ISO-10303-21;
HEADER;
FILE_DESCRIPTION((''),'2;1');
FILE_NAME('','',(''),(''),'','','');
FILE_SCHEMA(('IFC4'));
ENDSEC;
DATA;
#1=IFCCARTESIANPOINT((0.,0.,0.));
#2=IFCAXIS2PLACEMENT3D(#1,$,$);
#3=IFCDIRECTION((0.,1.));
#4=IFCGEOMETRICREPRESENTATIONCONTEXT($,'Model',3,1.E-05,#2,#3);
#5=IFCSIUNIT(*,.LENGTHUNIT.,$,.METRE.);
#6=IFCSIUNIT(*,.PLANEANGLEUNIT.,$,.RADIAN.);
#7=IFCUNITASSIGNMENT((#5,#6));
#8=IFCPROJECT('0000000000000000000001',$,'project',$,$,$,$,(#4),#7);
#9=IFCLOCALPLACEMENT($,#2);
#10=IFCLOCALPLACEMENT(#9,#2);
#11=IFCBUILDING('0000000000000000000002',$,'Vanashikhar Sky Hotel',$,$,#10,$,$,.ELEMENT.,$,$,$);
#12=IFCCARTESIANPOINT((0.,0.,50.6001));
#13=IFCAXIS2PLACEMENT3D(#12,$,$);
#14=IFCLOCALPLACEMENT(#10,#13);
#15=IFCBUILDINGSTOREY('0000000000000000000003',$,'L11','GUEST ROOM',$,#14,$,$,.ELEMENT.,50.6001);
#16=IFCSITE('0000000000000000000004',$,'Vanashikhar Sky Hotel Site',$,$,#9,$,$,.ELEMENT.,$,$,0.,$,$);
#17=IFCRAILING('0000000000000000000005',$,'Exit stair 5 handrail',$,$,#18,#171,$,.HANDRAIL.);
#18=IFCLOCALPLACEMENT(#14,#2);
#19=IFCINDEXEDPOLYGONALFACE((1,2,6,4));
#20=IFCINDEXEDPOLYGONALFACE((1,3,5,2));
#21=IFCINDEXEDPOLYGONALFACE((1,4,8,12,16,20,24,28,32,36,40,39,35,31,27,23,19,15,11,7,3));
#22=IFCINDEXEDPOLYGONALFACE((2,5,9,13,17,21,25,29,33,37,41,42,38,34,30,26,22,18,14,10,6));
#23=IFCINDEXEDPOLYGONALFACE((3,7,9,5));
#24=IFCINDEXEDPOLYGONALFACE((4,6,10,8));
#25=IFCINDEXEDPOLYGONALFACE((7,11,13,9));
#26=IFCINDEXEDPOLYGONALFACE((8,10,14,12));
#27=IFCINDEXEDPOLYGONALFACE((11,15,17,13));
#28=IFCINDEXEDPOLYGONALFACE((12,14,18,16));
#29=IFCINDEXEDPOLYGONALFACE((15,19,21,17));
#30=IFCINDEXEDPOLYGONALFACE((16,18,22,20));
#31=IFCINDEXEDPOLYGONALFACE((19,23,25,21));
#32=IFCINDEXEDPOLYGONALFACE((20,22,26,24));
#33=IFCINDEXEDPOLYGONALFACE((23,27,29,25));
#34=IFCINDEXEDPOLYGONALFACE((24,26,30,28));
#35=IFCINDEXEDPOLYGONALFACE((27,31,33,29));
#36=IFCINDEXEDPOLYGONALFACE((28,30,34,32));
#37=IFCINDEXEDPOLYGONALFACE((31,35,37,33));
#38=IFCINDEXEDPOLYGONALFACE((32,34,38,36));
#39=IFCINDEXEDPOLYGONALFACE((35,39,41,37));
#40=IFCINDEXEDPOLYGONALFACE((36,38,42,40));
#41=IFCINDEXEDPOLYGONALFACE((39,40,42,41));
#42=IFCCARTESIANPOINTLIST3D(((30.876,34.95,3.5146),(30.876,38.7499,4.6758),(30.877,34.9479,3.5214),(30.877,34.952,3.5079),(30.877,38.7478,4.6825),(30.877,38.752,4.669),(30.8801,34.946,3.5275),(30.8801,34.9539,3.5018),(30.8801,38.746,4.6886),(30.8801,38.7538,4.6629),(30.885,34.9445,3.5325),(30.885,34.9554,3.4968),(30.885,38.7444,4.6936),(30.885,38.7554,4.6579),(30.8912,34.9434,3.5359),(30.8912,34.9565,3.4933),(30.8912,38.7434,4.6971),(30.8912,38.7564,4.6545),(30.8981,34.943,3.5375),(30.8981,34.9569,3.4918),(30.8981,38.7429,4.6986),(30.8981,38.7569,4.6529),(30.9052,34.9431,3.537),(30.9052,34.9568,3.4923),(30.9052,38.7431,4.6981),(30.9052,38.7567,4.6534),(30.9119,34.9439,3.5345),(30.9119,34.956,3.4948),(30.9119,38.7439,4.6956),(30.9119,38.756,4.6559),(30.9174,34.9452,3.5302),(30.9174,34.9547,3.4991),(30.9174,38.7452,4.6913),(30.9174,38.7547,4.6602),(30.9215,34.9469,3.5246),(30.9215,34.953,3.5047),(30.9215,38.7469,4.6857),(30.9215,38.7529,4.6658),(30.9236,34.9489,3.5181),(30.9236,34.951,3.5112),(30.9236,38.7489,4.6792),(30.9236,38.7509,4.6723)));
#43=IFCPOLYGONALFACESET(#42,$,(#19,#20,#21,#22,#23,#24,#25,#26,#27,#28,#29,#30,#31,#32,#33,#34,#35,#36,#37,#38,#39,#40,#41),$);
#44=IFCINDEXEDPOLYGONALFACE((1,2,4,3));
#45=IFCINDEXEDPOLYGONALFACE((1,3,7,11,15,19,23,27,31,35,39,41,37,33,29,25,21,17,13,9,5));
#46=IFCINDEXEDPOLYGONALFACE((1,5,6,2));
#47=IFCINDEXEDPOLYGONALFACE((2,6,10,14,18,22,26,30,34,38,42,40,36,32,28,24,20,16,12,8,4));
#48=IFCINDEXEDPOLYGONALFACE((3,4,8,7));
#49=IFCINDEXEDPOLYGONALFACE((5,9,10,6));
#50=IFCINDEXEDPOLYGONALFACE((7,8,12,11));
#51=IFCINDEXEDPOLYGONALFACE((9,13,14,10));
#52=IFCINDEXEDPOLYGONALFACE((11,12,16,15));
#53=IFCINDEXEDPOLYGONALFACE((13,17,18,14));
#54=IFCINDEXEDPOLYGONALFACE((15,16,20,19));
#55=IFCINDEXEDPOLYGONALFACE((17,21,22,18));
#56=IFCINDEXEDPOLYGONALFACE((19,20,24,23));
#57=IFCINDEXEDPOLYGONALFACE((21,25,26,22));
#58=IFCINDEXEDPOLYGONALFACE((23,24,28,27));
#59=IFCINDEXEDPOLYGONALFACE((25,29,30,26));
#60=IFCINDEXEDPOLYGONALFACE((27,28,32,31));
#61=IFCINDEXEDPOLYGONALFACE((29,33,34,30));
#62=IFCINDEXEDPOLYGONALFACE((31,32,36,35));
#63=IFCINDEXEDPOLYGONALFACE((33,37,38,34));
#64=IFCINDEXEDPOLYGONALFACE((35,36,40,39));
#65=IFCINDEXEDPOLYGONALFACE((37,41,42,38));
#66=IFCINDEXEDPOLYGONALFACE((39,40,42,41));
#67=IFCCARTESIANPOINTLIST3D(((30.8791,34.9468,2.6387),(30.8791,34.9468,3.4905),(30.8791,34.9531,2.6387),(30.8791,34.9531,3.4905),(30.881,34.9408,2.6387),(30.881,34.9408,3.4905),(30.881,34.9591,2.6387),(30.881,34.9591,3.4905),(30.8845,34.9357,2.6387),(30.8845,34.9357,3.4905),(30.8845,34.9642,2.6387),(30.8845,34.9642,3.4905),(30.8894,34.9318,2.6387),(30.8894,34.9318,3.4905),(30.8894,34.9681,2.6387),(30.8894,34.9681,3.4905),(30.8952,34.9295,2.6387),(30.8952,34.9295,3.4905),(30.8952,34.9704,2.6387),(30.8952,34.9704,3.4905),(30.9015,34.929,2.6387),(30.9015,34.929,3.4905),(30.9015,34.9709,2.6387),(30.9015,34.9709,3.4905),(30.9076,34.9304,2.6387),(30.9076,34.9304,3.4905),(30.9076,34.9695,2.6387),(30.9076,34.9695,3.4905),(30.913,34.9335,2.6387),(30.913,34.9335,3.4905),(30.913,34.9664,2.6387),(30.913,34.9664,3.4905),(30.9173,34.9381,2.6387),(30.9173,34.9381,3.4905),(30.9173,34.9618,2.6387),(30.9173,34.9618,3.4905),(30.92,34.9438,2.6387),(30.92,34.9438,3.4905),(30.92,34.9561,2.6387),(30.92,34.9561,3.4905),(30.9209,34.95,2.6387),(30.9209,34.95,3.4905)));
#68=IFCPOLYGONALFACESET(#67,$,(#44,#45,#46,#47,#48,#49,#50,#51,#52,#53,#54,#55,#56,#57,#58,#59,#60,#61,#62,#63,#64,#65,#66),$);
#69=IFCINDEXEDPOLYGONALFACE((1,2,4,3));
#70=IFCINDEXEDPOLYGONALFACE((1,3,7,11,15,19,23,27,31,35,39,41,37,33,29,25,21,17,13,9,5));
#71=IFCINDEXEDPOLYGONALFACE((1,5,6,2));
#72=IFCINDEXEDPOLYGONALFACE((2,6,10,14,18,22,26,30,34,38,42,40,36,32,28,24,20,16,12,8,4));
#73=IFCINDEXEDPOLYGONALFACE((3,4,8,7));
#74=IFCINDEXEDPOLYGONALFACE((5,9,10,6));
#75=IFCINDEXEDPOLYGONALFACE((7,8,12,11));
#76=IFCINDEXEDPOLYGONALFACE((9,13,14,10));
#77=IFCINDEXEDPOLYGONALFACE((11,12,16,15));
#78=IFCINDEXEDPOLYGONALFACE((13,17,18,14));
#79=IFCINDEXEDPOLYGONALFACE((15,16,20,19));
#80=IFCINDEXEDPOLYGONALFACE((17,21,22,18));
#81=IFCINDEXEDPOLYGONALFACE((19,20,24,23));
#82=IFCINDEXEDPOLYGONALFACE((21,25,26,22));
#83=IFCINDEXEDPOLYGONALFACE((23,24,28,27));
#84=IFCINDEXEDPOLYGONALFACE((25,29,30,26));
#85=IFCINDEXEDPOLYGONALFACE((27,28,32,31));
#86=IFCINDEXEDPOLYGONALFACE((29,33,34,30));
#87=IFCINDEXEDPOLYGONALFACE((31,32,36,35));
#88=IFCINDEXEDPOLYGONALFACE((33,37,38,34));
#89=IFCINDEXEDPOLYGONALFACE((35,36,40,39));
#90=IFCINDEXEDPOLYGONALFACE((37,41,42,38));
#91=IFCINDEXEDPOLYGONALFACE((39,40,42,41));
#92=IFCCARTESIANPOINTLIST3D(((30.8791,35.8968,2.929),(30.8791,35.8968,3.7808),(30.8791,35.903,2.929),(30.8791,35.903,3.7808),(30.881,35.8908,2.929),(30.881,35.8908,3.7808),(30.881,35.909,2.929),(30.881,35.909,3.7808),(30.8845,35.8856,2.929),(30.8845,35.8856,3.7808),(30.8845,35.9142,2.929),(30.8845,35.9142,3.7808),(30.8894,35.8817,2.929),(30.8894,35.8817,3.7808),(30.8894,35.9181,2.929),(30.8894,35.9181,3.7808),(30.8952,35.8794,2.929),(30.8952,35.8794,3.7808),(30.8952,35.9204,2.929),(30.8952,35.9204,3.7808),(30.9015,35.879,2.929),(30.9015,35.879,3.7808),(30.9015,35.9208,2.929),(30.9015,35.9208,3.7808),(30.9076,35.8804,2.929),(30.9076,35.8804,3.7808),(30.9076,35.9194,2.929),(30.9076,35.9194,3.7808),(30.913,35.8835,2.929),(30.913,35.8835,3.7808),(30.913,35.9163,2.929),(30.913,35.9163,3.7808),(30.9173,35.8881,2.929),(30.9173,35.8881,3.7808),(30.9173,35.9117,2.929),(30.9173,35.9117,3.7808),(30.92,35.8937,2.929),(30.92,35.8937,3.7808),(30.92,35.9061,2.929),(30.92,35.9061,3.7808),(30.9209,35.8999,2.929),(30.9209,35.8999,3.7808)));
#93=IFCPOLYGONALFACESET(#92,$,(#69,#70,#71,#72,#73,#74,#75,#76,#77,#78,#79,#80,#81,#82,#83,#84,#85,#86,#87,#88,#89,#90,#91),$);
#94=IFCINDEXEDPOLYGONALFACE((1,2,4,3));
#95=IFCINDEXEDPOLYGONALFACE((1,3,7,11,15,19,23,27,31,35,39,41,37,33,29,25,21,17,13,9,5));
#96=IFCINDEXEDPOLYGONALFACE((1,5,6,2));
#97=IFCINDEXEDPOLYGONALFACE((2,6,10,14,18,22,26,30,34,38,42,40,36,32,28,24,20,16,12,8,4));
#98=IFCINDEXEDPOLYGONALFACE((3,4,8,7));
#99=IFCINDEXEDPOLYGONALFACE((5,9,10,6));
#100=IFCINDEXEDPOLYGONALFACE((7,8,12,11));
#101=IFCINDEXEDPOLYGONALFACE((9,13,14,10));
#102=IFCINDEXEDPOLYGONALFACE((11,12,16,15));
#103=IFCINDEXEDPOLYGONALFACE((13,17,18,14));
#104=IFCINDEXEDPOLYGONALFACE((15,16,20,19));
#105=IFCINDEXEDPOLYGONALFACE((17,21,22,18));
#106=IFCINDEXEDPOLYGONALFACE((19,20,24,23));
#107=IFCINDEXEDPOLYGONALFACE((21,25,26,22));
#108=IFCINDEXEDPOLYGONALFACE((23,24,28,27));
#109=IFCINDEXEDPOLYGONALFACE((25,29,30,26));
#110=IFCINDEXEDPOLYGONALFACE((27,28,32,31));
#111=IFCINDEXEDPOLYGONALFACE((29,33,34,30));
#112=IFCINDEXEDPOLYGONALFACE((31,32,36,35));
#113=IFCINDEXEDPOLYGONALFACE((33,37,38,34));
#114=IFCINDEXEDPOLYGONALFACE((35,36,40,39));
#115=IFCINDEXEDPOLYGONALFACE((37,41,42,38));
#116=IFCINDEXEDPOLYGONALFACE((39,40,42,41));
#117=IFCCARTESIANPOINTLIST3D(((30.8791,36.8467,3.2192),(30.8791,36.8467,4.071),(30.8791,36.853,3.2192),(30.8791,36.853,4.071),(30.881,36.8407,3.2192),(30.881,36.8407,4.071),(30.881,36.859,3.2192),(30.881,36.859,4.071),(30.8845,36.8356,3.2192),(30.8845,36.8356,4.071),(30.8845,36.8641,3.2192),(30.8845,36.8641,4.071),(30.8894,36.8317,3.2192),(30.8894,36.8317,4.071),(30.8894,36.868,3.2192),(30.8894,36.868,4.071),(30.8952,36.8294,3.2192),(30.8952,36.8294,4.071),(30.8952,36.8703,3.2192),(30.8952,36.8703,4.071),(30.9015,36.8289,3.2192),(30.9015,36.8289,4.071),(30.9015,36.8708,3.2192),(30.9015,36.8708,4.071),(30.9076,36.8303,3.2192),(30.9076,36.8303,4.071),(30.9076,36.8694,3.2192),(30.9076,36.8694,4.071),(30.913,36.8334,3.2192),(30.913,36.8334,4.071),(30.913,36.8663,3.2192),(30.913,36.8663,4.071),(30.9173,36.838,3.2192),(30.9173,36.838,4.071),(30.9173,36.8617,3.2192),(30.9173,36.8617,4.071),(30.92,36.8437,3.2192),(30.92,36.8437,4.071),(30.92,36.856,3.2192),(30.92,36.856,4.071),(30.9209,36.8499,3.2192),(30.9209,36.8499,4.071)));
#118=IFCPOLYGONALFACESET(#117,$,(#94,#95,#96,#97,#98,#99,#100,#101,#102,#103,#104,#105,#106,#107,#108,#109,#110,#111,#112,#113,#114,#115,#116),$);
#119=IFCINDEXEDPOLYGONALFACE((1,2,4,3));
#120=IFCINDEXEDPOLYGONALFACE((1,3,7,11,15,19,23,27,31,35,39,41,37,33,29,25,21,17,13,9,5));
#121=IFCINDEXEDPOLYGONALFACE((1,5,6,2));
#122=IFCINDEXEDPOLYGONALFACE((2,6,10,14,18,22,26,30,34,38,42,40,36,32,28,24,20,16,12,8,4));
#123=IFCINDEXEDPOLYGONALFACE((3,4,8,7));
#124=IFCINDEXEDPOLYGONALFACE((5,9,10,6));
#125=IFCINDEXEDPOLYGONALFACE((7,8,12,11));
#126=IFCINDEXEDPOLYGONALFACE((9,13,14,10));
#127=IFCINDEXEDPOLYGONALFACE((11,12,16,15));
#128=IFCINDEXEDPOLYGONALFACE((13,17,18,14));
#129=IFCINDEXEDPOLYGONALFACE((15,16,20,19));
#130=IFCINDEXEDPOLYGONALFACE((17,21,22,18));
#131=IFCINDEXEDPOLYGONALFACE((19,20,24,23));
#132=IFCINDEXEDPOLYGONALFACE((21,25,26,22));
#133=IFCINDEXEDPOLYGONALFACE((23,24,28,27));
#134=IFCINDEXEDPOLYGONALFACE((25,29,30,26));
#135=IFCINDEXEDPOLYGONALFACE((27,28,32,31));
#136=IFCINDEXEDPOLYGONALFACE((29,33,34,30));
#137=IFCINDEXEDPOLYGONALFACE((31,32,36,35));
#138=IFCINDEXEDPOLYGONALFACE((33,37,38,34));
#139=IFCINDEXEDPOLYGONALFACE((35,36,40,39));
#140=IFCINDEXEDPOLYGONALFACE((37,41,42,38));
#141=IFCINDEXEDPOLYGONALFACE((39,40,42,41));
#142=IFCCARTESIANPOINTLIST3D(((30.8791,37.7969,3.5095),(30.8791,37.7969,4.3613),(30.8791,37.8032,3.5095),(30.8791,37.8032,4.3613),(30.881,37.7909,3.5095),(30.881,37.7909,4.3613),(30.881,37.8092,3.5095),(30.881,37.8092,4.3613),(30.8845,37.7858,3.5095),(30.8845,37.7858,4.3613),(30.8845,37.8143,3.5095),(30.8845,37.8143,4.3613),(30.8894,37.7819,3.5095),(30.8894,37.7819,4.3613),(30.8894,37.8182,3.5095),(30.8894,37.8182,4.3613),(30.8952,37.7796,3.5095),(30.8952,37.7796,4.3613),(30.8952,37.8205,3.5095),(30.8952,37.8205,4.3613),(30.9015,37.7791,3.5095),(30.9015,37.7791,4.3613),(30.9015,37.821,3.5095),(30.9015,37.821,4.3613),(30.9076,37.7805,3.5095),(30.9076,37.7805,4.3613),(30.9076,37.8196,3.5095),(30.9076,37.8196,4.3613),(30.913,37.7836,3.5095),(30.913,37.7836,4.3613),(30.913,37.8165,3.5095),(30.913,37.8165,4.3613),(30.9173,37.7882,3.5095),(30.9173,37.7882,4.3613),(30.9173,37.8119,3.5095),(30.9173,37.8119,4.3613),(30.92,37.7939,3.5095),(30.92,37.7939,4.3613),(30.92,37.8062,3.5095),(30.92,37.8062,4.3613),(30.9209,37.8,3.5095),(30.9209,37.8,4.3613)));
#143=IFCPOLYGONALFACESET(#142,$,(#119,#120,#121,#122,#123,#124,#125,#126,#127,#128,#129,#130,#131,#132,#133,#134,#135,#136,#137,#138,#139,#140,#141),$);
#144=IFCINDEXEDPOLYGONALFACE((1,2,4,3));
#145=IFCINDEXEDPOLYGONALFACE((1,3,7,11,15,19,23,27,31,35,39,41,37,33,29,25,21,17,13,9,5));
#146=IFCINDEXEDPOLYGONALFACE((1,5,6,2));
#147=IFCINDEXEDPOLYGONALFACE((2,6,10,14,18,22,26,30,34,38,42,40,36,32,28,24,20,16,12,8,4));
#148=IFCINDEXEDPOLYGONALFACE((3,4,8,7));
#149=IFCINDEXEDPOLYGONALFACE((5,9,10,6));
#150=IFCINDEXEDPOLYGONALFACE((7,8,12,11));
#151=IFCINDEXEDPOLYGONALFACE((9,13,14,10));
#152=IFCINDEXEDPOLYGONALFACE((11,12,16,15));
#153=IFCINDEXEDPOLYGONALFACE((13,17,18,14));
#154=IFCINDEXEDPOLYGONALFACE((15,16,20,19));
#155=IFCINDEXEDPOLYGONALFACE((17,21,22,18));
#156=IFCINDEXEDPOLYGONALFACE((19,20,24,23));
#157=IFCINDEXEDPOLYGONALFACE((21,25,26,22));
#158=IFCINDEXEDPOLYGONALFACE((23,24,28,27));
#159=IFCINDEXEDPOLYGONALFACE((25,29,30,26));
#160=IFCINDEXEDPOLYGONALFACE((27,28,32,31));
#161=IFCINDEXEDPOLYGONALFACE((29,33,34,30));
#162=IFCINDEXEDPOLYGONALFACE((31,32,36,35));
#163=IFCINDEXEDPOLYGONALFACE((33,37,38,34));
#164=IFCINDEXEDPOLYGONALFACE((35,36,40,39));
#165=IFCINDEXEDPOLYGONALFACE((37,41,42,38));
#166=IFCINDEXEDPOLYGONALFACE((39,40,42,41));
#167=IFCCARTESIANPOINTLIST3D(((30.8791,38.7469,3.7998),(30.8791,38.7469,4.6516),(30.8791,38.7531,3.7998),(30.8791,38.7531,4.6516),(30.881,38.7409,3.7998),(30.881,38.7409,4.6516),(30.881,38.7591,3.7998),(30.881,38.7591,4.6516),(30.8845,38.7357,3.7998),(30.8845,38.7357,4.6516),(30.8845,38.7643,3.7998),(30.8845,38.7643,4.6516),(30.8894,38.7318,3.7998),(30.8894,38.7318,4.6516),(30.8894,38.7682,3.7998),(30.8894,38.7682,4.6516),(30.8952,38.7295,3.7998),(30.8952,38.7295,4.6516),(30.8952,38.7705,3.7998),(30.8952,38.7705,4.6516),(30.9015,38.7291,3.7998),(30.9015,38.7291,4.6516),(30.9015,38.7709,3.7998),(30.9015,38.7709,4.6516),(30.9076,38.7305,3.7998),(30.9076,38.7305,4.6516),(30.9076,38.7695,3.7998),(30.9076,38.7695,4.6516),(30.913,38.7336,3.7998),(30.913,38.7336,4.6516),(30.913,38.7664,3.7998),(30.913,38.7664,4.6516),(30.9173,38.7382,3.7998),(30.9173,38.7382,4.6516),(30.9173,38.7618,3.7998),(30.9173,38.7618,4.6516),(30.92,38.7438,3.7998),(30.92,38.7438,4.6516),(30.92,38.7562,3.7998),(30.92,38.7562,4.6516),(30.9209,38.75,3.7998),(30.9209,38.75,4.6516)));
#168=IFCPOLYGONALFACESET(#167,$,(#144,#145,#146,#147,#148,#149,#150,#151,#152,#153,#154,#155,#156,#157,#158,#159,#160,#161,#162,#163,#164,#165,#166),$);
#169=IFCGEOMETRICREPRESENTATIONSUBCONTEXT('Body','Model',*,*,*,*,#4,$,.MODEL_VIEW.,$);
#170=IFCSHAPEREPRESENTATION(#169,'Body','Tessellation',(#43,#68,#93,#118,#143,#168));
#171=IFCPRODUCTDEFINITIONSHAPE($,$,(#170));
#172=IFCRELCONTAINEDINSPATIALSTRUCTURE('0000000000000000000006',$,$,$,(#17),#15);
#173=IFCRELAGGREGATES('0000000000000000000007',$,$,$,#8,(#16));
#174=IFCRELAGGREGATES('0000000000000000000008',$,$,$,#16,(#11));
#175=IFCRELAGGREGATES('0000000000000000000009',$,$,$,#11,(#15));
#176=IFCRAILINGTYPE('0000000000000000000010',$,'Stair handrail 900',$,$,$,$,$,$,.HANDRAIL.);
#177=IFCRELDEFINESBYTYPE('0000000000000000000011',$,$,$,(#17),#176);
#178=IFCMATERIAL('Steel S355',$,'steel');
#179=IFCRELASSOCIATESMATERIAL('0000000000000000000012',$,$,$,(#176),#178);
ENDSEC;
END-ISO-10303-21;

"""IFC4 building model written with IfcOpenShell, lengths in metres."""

from ifc_helpers import new_model, si_unit, direction, frame, origin, origin_2d, place, context, subcontext, project, spatial, circle, extrude, source, transform, mapped, material, type_object, element, save


model = new_model("IFC4")

# Units and contexts
model_context = context("Model", 3, precision=1e-05, world=origin(), true_north=direction((0.0, 1.0)))
body_context = subcontext(model_context, "Body", "Model", "MODEL_VIEW")
ifc_project = project(units=[si_unit("LENGTHUNIT", "METRE"), si_unit("PLANEANGLEUNIT", "RADIAN")], contexts=[model_context])

# Site, building, storey
site_placement = place(None, origin())
site = spatial("IfcSite", under=ifc_project, at=site_placement, Name="Vanashikhar Sky Hotel Site", CompositionType="ELEMENT", RefElevation=0.0)
building_placement = place(site_placement, origin())
building = spatial("IfcBuilding", under=site, at=building_placement, Name="Vanashikhar Sky Hotel", CompositionType="ELEMENT")
storey_placement = place(building_placement, frame((0.0, 0.0, 50.6001)))
storey = spatial("IfcBuildingStorey", under=building, at=storey_placement, Name="L11", Description="GUEST ROOM", CompositionType="ELEMENT", Elevation=50.6001)

# Railing
ifc_material_1 = material(Name="Steel S355", Category="steel")
railing_type_1 = type_object("IfcRailingType", Name="Stair handrail 900", PredefinedType="HANDRAIL", material=ifc_material_1)
shared_shape_1 = source(origin(), body_context, "Body", "SweptSolid", [
    extrude(circle(Radius=0.0239, at=origin_2d()), frame((0.0, 0.0, 0.876), z_axis=(0.0, 0.956351, 0.29222), x_axis=(-1.0, 0.0, 0.0)), (0.0, 0.0, 1.0), 3.9734),
    extrude(circle(Radius=0.021, at=origin_2d()), origin(), (0.0, 0.0, 1.0), 0.8518),
    extrude(circle(Radius=0.021, at=origin_2d()), frame((0.0, 0.95, 0.2903)), (0.0, 0.0, 1.0), 0.8518),
    extrude(circle(Radius=0.021, at=origin_2d()), frame((0.0, 1.8999, 0.5806)), (0.0, 0.0, 1.0), 0.8518),
    extrude(circle(Radius=0.021, at=origin_2d()), frame((0.0, 2.8501, 0.8708)), (0.0, 0.0, 1.0), 0.8518),
    extrude(circle(Radius=0.021, at=origin_2d()), frame((0.0, 3.8, 1.1611)), (0.0, 0.0, 1.0), 0.8518),
])
for number, where, name in (
    (1, (30.8999, 34.95, 2.6387), "Exit stair 5 handrail"),
):
    element("IfcRailing", number, at=place(storey_placement, frame(where)), inside=storey, type_object=railing_type_1, Name=name, PredefinedType="HANDRAIL", context=body_context, shape_type="MappedRepresentation", body=[
        mapped(shared_shape_1, transform((0.0, 0.0, 0.0), scale=1.0)),
    ])

save(model, "model.ifc")
